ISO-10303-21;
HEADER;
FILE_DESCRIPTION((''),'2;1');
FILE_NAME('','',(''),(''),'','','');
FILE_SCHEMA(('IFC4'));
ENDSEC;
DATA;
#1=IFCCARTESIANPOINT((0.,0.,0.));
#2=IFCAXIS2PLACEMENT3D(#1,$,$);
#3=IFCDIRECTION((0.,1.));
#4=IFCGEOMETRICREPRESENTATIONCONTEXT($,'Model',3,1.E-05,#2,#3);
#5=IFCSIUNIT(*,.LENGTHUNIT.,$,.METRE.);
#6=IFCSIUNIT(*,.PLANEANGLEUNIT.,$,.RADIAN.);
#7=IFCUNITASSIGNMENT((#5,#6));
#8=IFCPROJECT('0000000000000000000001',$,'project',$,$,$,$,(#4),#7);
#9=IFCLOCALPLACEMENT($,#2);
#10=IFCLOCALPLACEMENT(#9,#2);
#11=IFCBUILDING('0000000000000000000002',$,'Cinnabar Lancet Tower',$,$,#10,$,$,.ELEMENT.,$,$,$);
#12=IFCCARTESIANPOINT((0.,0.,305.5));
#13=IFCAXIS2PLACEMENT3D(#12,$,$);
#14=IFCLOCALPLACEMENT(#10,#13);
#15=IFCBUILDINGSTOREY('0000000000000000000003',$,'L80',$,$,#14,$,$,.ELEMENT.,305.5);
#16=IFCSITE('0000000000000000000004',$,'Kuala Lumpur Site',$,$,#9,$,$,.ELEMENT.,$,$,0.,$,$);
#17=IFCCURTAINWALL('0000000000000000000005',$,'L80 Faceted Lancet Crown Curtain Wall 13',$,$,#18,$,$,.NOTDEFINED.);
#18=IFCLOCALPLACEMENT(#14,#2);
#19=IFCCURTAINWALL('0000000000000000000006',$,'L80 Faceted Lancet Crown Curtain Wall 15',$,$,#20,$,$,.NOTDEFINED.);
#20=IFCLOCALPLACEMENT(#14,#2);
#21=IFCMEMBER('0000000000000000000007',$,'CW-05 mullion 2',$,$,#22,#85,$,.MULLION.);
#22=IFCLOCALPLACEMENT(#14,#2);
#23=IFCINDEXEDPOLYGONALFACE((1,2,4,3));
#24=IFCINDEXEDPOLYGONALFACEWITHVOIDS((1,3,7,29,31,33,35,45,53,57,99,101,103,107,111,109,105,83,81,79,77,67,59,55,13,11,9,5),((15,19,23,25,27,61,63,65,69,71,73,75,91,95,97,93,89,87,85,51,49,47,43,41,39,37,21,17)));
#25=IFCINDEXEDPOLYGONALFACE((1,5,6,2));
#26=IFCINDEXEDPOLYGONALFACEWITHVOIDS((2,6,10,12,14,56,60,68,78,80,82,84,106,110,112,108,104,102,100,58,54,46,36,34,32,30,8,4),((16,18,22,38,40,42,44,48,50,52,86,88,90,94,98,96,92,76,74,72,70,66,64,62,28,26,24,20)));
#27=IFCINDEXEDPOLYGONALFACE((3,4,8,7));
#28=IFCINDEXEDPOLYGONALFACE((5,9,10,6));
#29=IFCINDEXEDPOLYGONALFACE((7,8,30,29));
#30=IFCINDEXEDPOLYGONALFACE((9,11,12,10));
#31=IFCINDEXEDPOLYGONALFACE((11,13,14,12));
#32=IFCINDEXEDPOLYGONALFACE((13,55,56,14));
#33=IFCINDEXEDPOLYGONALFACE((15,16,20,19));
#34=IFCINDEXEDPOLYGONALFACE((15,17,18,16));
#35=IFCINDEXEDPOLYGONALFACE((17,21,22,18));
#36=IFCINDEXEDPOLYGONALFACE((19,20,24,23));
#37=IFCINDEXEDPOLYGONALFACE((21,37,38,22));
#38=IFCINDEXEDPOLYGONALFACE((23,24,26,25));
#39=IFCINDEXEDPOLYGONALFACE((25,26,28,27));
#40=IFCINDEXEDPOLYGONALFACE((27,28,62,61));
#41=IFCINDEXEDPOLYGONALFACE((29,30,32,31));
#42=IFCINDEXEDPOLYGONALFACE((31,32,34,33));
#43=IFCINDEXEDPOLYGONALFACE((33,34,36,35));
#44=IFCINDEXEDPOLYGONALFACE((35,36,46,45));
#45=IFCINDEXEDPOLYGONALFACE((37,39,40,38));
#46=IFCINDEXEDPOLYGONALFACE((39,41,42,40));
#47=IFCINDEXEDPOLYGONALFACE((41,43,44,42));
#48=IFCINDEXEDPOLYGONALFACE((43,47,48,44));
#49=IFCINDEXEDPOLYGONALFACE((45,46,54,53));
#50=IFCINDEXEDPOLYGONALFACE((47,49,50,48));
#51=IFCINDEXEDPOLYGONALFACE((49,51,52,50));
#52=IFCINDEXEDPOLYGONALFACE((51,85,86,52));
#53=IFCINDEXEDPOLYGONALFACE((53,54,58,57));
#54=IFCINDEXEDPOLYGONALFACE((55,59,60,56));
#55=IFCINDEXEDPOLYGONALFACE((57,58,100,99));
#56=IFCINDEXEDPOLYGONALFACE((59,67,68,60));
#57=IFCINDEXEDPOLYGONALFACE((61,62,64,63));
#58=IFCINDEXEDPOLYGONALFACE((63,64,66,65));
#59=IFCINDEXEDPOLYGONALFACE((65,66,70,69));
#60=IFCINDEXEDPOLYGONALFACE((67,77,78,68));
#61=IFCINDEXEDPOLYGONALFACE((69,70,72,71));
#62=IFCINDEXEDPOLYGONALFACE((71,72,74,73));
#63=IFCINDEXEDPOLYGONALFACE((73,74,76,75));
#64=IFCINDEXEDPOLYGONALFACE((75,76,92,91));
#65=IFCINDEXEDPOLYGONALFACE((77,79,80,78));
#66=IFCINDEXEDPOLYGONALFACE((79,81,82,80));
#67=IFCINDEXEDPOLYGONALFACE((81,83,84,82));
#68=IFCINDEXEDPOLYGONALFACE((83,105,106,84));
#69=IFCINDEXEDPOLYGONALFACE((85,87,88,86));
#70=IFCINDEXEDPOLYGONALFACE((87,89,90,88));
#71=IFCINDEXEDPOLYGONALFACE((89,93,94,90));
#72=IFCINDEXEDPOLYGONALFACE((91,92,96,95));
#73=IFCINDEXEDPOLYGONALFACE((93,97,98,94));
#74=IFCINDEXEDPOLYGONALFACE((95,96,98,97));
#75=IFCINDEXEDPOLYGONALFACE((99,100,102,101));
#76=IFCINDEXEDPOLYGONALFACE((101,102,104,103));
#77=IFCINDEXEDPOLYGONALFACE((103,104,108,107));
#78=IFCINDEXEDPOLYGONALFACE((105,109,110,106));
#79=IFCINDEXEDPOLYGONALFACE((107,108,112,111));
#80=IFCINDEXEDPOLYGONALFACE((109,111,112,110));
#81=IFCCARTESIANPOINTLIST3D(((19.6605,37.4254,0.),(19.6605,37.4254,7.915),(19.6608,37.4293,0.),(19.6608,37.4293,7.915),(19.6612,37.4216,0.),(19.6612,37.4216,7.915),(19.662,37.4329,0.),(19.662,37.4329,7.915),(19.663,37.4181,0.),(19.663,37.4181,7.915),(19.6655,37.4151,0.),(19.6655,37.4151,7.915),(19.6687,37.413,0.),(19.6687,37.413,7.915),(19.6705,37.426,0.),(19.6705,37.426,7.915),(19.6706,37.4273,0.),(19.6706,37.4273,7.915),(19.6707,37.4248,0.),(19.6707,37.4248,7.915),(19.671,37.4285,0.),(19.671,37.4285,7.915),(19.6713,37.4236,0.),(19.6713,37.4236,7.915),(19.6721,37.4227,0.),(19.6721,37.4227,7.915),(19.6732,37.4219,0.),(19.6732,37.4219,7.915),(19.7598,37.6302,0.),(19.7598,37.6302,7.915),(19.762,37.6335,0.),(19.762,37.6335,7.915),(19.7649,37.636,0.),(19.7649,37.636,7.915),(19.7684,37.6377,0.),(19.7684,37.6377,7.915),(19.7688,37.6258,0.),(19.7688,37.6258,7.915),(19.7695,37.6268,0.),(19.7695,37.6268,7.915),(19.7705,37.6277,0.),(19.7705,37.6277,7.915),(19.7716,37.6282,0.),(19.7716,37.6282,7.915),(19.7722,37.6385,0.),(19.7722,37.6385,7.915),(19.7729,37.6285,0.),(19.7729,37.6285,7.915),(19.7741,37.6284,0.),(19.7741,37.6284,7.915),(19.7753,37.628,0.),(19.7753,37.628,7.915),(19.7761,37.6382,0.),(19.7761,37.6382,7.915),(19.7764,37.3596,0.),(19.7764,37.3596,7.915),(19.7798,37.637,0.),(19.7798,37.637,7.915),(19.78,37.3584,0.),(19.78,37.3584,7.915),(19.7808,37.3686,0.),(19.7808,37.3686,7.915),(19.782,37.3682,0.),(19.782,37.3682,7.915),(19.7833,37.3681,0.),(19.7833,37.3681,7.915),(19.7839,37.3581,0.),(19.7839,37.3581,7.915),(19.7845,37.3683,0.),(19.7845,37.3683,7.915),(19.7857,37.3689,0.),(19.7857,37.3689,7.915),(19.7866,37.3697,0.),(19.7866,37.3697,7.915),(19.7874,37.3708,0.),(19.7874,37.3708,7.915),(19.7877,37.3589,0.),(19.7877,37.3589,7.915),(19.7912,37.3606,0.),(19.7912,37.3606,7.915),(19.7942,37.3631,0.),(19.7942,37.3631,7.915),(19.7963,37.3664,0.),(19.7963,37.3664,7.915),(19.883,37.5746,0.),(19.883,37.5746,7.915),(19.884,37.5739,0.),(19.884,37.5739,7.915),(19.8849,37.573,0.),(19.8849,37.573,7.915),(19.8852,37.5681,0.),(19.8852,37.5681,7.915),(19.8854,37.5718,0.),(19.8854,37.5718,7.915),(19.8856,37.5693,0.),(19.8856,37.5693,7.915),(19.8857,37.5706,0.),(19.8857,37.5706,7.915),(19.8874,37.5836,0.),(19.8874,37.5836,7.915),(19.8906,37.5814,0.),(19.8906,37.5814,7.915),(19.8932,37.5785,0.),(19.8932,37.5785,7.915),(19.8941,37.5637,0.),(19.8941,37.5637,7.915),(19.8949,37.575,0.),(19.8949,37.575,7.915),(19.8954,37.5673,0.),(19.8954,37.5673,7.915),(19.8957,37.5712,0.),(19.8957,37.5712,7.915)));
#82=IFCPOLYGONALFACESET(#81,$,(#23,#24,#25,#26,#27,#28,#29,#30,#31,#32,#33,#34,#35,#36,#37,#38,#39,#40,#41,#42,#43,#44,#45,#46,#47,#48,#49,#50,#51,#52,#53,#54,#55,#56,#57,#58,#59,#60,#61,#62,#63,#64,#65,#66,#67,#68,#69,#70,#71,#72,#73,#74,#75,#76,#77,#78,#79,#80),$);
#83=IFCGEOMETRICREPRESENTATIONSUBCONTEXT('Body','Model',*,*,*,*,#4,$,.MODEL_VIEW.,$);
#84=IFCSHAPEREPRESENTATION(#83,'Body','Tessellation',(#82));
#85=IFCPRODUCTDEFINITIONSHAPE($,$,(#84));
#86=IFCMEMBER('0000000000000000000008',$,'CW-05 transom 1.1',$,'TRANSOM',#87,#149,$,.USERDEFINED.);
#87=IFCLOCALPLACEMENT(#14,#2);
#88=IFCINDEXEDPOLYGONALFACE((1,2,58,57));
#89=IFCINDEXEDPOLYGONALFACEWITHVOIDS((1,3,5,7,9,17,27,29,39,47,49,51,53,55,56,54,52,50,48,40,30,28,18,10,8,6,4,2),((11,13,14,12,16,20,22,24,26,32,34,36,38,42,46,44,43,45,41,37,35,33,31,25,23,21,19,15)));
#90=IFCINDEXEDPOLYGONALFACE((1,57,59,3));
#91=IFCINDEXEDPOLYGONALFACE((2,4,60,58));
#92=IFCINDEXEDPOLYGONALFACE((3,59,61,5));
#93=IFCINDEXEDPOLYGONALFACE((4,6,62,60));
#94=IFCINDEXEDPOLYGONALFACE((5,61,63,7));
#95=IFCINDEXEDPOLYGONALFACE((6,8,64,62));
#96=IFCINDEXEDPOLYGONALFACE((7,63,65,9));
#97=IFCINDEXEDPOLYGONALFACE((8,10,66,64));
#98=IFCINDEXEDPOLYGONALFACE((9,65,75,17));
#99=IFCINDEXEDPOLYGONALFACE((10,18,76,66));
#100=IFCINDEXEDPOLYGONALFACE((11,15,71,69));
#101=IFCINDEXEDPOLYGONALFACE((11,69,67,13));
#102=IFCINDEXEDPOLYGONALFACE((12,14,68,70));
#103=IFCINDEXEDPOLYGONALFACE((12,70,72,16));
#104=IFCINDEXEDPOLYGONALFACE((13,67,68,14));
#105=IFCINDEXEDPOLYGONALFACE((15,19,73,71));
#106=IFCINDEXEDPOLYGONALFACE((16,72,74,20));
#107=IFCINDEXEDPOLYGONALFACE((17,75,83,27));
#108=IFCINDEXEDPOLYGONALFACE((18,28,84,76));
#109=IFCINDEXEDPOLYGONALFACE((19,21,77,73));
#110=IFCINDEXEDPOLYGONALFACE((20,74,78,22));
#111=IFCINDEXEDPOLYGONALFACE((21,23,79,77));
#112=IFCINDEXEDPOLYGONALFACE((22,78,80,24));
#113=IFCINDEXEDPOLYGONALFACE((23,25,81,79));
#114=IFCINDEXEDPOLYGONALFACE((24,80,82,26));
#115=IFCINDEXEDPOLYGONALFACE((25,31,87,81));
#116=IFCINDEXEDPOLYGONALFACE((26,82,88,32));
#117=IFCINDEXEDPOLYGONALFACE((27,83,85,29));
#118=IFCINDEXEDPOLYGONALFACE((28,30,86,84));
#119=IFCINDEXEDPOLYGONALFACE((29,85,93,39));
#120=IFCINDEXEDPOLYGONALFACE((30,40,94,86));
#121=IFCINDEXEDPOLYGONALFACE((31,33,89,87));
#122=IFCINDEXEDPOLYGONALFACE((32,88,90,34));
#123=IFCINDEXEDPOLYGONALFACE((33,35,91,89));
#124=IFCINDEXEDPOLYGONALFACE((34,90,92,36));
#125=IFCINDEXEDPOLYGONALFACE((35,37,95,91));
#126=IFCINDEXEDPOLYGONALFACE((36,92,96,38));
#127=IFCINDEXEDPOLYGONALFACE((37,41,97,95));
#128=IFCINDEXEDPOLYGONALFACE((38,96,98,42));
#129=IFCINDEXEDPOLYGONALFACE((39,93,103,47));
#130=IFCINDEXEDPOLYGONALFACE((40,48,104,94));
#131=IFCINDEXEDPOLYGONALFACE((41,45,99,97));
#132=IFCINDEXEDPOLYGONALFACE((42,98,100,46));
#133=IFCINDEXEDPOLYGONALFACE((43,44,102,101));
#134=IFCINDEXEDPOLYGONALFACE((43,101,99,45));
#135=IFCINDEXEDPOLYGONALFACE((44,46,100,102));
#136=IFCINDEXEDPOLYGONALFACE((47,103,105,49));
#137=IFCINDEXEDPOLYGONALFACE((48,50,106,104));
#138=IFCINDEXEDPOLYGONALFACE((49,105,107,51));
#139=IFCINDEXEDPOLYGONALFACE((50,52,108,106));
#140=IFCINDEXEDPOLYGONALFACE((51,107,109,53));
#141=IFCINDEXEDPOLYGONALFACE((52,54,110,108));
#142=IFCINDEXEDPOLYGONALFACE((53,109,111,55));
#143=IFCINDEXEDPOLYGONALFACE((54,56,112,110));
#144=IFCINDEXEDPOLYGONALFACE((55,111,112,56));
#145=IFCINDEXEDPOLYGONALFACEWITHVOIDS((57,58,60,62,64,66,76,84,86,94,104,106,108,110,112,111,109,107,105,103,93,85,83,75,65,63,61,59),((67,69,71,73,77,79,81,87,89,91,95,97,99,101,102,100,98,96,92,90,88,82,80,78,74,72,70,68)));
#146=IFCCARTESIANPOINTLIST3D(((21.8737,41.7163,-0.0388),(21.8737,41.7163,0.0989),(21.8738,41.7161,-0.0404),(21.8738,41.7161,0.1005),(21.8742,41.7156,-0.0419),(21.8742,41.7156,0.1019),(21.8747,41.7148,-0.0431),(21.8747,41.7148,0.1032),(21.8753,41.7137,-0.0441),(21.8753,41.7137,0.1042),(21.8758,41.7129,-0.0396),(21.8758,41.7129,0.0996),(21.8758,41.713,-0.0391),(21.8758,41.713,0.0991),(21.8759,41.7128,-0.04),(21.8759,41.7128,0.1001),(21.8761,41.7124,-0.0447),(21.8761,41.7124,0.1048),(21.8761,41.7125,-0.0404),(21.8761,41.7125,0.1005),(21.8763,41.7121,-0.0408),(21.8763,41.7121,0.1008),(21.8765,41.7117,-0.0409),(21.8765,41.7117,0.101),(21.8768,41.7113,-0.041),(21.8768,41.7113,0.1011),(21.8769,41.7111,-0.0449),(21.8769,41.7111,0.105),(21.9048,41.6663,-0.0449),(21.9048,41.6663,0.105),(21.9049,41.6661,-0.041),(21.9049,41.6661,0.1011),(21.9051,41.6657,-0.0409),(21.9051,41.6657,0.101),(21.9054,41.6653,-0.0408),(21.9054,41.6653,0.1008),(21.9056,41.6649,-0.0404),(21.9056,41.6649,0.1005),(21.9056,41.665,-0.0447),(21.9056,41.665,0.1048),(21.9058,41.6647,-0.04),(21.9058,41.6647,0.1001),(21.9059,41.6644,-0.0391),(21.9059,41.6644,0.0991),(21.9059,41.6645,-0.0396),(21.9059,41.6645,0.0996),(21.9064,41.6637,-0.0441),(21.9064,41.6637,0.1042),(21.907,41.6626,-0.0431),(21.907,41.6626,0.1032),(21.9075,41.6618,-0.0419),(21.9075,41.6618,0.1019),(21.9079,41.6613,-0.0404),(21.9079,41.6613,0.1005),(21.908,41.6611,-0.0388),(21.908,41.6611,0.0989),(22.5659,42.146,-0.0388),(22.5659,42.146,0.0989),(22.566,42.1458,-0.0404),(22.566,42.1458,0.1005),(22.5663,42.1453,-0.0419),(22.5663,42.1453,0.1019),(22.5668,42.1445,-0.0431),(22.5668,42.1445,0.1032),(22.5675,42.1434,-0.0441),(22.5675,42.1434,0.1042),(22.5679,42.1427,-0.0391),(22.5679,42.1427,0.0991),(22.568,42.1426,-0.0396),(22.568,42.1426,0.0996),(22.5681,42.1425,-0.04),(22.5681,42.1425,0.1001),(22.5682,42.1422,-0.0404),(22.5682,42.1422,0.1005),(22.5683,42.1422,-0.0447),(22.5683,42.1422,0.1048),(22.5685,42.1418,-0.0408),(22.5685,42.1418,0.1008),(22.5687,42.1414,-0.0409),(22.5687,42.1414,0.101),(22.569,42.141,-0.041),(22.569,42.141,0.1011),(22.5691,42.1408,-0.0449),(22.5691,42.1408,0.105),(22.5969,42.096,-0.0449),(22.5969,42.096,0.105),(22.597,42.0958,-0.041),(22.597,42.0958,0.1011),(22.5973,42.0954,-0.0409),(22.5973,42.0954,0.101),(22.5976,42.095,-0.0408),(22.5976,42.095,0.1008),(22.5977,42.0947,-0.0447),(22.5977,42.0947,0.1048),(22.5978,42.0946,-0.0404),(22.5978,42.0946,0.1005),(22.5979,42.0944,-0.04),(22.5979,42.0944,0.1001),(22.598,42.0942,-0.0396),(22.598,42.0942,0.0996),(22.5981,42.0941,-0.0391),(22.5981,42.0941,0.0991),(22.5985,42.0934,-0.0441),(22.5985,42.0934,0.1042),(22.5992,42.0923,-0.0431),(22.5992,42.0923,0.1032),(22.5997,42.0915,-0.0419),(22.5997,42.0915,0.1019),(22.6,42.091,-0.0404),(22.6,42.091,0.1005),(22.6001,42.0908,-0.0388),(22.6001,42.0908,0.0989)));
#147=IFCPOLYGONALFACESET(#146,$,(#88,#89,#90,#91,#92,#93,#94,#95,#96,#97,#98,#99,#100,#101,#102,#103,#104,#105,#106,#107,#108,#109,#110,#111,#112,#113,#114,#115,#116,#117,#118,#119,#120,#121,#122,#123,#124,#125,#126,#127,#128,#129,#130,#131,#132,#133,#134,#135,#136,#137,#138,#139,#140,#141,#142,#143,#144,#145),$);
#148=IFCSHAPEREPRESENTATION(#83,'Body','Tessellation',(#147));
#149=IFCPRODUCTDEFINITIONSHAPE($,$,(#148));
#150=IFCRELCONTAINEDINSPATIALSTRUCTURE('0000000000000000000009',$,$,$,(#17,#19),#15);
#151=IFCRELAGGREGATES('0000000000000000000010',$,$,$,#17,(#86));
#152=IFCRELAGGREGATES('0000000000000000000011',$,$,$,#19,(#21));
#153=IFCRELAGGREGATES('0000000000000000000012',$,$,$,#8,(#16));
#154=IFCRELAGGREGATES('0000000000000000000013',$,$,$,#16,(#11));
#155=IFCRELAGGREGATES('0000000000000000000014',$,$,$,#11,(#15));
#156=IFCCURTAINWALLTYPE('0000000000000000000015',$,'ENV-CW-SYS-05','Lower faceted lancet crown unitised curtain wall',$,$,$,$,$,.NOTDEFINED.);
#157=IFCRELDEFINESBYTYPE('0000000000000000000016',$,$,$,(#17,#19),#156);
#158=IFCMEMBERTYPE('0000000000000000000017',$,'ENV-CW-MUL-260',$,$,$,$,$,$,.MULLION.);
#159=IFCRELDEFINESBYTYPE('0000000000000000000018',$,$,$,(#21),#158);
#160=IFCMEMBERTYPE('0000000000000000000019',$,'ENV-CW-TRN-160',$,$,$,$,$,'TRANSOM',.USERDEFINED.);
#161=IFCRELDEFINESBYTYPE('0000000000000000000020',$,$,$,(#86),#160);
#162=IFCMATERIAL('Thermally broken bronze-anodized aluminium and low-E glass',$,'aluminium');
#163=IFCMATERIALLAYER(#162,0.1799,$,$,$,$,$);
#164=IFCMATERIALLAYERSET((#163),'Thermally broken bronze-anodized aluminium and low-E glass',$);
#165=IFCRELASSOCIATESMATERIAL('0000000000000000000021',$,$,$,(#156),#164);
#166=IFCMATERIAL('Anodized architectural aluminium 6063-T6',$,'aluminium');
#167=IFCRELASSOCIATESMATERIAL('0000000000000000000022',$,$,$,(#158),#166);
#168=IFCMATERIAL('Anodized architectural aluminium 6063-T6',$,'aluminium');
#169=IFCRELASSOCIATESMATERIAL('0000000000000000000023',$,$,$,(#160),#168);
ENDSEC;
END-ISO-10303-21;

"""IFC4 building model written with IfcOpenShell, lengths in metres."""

from ifc_helpers import new_model, si_unit, direction, frame, origin, origin_2d, place, context, subcontext, project, spatial, hollow_rectangle, extrude, material, layer, layer_set, material_profile, profile_set, type_object, element, aggregate, save


model = new_model("IFC4")

# Units and contexts
model_context = context("Model", 3, precision=1e-05, world=origin(), true_north=direction((0.0, 1.0)))
body_context = subcontext(model_context, "Body", "Model", "MODEL_VIEW")
ifc_project = project(units=[si_unit("LENGTHUNIT", "METRE"), si_unit("PLANEANGLEUNIT", "RADIAN")], contexts=[model_context])

# Site, building, storey
site_placement = place(None, origin())
site = spatial("IfcSite", under=ifc_project, at=site_placement, Name="Kuala Lumpur Site", CompositionType="ELEMENT", RefElevation=0.0)
building_placement = place(site_placement, origin())
building = spatial("IfcBuilding", under=site, at=building_placement, Name="Cinnabar Lancet Tower", CompositionType="ELEMENT")
storey_placement = place(building_placement, frame((0.0, 0.0, 305.5)))
storey = spatial("IfcBuildingStorey", under=building, at=storey_placement, Name="L80", CompositionType="ELEMENT", Elevation=305.5)

# Curtain wall
ifc_material_1 = material(Name="Thermally broken bronze-anodized aluminium and low-E glass", Category="aluminium")
ifc_layer_1 = layer(ifc_material_1, 0.1799)
ifc_layer_set_1 = layer_set([ifc_layer_1], Name="Thermally broken bronze-anodized aluminium and low-E glass")
curtain_wall_type = type_object("IfcCurtainWallType", Name="ENV-CW-SYS-05", Description="Lower faceted lancet crown unitised curtain wall", PredefinedType="NOTDEFINED", material=ifc_layer_set_1)
curtain_wall_1_placement = place(storey_placement, origin())
curtain_wall_1 = element("IfcCurtainWall", 1, at=curtain_wall_1_placement, inside=storey, type_object=curtain_wall_type, Name="L80 Faceted Lancet Crown Curtain Wall 13", PredefinedType="NOTDEFINED")
ifc_material_2 = material(Name="Anodized architectural aluminium 6063-T6", Category="aluminium")
ifc_material_profile_1 = material_profile(ifc_material_2, hollow_rectangle(XDim=0.1499, YDim=0.25, WallThickness=0.01, InnerFilletRadius=0.0049, OuterFilletRadius=0.0149, at=origin_2d()), Name="RHS 250x150x10")
ifc_profile_set_1 = profile_set([ifc_material_profile_1], Name="Anodized architectural aluminium 6063-T6")
member_type_1 = type_object("IfcMemberType", Name="ENV-CW-MUL-260", PredefinedType="MULLION", material=ifc_profile_set_1)

# Curtain wall, member
curtain_wall_2_placement = place(storey_placement, origin())
curtain_wall_2 = element("IfcCurtainWall", 2, at=curtain_wall_2_placement, inside=storey, type_object=curtain_wall_type, Name="L80 Faceted Lancet Crown Curtain Wall 15", PredefinedType="NOTDEFINED")
member_1_placement = place(storey_placement, frame((19.7781, 37.4983, 0.0), z_axis=(0.0, 0.0, 1.0), x_axis=(0.895948, -0.444159, 0.0)))
member_1 = element("IfcMember", 3, at=member_1_placement, type_object=member_type_1, Name="CW-05 mullion 2", PredefinedType="MULLION", context=body_context, shape_type="SweptSolid", body=[
    extrude(hollow_rectangle(XDim=0.1499, YDim=0.25, WallThickness=0.01, InnerFilletRadius=0.0049, OuterFilletRadius=0.0149, at=origin_2d()), origin(), (0.0, 0.0, 1.0), 7.915),
])

# Member
ifc_material_3 = material(Name="Anodized architectural aluminium 6063-T6", Category="aluminium")
ifc_material_profile_2 = material_profile(ifc_material_3, hollow_rectangle(XDim=0.0649, YDim=0.1499, WallThickness=0.0039, InnerFilletRadius=0.002, OuterFilletRadius=0.0061, at=origin_2d()), Name="CW-TRN 150x65x4")
ifc_profile_set_2 = profile_set([ifc_material_profile_2], Name="Anodized architectural aluminium 6063-T6")
member_type_2 = type_object("IfcMemberType", Name="ENV-CW-TRN-160", ElementType="TRANSOM", PredefinedType="USERDEFINED", material=ifc_profile_set_2)
member_2_placement = place(storey_placement, frame((22.583, 42.1184, 0.03), z_axis=(-0.849594, -0.527437, 0.0), x_axis=(0.527437, -0.849594, 0.0)))
member_2 = element("IfcMember", 4, at=member_2_placement, type_object=member_type_2, Name="CW-05 transom 1.1", ObjectType="TRANSOM", PredefinedType="USERDEFINED", context=body_context, shape_type="SweptSolid", body=[
    extrude(hollow_rectangle(XDim=0.0649, YDim=0.1499, WallThickness=0.0039, InnerFilletRadius=0.002, OuterFilletRadius=0.0061, at=origin_2d()), origin(), (0.0, 0.0, 1.0), 0.8147),
])

aggregate(curtain_wall_1, [member_2])
aggregate(curtain_wall_2, [member_1])

save(model, "model.ifc")
